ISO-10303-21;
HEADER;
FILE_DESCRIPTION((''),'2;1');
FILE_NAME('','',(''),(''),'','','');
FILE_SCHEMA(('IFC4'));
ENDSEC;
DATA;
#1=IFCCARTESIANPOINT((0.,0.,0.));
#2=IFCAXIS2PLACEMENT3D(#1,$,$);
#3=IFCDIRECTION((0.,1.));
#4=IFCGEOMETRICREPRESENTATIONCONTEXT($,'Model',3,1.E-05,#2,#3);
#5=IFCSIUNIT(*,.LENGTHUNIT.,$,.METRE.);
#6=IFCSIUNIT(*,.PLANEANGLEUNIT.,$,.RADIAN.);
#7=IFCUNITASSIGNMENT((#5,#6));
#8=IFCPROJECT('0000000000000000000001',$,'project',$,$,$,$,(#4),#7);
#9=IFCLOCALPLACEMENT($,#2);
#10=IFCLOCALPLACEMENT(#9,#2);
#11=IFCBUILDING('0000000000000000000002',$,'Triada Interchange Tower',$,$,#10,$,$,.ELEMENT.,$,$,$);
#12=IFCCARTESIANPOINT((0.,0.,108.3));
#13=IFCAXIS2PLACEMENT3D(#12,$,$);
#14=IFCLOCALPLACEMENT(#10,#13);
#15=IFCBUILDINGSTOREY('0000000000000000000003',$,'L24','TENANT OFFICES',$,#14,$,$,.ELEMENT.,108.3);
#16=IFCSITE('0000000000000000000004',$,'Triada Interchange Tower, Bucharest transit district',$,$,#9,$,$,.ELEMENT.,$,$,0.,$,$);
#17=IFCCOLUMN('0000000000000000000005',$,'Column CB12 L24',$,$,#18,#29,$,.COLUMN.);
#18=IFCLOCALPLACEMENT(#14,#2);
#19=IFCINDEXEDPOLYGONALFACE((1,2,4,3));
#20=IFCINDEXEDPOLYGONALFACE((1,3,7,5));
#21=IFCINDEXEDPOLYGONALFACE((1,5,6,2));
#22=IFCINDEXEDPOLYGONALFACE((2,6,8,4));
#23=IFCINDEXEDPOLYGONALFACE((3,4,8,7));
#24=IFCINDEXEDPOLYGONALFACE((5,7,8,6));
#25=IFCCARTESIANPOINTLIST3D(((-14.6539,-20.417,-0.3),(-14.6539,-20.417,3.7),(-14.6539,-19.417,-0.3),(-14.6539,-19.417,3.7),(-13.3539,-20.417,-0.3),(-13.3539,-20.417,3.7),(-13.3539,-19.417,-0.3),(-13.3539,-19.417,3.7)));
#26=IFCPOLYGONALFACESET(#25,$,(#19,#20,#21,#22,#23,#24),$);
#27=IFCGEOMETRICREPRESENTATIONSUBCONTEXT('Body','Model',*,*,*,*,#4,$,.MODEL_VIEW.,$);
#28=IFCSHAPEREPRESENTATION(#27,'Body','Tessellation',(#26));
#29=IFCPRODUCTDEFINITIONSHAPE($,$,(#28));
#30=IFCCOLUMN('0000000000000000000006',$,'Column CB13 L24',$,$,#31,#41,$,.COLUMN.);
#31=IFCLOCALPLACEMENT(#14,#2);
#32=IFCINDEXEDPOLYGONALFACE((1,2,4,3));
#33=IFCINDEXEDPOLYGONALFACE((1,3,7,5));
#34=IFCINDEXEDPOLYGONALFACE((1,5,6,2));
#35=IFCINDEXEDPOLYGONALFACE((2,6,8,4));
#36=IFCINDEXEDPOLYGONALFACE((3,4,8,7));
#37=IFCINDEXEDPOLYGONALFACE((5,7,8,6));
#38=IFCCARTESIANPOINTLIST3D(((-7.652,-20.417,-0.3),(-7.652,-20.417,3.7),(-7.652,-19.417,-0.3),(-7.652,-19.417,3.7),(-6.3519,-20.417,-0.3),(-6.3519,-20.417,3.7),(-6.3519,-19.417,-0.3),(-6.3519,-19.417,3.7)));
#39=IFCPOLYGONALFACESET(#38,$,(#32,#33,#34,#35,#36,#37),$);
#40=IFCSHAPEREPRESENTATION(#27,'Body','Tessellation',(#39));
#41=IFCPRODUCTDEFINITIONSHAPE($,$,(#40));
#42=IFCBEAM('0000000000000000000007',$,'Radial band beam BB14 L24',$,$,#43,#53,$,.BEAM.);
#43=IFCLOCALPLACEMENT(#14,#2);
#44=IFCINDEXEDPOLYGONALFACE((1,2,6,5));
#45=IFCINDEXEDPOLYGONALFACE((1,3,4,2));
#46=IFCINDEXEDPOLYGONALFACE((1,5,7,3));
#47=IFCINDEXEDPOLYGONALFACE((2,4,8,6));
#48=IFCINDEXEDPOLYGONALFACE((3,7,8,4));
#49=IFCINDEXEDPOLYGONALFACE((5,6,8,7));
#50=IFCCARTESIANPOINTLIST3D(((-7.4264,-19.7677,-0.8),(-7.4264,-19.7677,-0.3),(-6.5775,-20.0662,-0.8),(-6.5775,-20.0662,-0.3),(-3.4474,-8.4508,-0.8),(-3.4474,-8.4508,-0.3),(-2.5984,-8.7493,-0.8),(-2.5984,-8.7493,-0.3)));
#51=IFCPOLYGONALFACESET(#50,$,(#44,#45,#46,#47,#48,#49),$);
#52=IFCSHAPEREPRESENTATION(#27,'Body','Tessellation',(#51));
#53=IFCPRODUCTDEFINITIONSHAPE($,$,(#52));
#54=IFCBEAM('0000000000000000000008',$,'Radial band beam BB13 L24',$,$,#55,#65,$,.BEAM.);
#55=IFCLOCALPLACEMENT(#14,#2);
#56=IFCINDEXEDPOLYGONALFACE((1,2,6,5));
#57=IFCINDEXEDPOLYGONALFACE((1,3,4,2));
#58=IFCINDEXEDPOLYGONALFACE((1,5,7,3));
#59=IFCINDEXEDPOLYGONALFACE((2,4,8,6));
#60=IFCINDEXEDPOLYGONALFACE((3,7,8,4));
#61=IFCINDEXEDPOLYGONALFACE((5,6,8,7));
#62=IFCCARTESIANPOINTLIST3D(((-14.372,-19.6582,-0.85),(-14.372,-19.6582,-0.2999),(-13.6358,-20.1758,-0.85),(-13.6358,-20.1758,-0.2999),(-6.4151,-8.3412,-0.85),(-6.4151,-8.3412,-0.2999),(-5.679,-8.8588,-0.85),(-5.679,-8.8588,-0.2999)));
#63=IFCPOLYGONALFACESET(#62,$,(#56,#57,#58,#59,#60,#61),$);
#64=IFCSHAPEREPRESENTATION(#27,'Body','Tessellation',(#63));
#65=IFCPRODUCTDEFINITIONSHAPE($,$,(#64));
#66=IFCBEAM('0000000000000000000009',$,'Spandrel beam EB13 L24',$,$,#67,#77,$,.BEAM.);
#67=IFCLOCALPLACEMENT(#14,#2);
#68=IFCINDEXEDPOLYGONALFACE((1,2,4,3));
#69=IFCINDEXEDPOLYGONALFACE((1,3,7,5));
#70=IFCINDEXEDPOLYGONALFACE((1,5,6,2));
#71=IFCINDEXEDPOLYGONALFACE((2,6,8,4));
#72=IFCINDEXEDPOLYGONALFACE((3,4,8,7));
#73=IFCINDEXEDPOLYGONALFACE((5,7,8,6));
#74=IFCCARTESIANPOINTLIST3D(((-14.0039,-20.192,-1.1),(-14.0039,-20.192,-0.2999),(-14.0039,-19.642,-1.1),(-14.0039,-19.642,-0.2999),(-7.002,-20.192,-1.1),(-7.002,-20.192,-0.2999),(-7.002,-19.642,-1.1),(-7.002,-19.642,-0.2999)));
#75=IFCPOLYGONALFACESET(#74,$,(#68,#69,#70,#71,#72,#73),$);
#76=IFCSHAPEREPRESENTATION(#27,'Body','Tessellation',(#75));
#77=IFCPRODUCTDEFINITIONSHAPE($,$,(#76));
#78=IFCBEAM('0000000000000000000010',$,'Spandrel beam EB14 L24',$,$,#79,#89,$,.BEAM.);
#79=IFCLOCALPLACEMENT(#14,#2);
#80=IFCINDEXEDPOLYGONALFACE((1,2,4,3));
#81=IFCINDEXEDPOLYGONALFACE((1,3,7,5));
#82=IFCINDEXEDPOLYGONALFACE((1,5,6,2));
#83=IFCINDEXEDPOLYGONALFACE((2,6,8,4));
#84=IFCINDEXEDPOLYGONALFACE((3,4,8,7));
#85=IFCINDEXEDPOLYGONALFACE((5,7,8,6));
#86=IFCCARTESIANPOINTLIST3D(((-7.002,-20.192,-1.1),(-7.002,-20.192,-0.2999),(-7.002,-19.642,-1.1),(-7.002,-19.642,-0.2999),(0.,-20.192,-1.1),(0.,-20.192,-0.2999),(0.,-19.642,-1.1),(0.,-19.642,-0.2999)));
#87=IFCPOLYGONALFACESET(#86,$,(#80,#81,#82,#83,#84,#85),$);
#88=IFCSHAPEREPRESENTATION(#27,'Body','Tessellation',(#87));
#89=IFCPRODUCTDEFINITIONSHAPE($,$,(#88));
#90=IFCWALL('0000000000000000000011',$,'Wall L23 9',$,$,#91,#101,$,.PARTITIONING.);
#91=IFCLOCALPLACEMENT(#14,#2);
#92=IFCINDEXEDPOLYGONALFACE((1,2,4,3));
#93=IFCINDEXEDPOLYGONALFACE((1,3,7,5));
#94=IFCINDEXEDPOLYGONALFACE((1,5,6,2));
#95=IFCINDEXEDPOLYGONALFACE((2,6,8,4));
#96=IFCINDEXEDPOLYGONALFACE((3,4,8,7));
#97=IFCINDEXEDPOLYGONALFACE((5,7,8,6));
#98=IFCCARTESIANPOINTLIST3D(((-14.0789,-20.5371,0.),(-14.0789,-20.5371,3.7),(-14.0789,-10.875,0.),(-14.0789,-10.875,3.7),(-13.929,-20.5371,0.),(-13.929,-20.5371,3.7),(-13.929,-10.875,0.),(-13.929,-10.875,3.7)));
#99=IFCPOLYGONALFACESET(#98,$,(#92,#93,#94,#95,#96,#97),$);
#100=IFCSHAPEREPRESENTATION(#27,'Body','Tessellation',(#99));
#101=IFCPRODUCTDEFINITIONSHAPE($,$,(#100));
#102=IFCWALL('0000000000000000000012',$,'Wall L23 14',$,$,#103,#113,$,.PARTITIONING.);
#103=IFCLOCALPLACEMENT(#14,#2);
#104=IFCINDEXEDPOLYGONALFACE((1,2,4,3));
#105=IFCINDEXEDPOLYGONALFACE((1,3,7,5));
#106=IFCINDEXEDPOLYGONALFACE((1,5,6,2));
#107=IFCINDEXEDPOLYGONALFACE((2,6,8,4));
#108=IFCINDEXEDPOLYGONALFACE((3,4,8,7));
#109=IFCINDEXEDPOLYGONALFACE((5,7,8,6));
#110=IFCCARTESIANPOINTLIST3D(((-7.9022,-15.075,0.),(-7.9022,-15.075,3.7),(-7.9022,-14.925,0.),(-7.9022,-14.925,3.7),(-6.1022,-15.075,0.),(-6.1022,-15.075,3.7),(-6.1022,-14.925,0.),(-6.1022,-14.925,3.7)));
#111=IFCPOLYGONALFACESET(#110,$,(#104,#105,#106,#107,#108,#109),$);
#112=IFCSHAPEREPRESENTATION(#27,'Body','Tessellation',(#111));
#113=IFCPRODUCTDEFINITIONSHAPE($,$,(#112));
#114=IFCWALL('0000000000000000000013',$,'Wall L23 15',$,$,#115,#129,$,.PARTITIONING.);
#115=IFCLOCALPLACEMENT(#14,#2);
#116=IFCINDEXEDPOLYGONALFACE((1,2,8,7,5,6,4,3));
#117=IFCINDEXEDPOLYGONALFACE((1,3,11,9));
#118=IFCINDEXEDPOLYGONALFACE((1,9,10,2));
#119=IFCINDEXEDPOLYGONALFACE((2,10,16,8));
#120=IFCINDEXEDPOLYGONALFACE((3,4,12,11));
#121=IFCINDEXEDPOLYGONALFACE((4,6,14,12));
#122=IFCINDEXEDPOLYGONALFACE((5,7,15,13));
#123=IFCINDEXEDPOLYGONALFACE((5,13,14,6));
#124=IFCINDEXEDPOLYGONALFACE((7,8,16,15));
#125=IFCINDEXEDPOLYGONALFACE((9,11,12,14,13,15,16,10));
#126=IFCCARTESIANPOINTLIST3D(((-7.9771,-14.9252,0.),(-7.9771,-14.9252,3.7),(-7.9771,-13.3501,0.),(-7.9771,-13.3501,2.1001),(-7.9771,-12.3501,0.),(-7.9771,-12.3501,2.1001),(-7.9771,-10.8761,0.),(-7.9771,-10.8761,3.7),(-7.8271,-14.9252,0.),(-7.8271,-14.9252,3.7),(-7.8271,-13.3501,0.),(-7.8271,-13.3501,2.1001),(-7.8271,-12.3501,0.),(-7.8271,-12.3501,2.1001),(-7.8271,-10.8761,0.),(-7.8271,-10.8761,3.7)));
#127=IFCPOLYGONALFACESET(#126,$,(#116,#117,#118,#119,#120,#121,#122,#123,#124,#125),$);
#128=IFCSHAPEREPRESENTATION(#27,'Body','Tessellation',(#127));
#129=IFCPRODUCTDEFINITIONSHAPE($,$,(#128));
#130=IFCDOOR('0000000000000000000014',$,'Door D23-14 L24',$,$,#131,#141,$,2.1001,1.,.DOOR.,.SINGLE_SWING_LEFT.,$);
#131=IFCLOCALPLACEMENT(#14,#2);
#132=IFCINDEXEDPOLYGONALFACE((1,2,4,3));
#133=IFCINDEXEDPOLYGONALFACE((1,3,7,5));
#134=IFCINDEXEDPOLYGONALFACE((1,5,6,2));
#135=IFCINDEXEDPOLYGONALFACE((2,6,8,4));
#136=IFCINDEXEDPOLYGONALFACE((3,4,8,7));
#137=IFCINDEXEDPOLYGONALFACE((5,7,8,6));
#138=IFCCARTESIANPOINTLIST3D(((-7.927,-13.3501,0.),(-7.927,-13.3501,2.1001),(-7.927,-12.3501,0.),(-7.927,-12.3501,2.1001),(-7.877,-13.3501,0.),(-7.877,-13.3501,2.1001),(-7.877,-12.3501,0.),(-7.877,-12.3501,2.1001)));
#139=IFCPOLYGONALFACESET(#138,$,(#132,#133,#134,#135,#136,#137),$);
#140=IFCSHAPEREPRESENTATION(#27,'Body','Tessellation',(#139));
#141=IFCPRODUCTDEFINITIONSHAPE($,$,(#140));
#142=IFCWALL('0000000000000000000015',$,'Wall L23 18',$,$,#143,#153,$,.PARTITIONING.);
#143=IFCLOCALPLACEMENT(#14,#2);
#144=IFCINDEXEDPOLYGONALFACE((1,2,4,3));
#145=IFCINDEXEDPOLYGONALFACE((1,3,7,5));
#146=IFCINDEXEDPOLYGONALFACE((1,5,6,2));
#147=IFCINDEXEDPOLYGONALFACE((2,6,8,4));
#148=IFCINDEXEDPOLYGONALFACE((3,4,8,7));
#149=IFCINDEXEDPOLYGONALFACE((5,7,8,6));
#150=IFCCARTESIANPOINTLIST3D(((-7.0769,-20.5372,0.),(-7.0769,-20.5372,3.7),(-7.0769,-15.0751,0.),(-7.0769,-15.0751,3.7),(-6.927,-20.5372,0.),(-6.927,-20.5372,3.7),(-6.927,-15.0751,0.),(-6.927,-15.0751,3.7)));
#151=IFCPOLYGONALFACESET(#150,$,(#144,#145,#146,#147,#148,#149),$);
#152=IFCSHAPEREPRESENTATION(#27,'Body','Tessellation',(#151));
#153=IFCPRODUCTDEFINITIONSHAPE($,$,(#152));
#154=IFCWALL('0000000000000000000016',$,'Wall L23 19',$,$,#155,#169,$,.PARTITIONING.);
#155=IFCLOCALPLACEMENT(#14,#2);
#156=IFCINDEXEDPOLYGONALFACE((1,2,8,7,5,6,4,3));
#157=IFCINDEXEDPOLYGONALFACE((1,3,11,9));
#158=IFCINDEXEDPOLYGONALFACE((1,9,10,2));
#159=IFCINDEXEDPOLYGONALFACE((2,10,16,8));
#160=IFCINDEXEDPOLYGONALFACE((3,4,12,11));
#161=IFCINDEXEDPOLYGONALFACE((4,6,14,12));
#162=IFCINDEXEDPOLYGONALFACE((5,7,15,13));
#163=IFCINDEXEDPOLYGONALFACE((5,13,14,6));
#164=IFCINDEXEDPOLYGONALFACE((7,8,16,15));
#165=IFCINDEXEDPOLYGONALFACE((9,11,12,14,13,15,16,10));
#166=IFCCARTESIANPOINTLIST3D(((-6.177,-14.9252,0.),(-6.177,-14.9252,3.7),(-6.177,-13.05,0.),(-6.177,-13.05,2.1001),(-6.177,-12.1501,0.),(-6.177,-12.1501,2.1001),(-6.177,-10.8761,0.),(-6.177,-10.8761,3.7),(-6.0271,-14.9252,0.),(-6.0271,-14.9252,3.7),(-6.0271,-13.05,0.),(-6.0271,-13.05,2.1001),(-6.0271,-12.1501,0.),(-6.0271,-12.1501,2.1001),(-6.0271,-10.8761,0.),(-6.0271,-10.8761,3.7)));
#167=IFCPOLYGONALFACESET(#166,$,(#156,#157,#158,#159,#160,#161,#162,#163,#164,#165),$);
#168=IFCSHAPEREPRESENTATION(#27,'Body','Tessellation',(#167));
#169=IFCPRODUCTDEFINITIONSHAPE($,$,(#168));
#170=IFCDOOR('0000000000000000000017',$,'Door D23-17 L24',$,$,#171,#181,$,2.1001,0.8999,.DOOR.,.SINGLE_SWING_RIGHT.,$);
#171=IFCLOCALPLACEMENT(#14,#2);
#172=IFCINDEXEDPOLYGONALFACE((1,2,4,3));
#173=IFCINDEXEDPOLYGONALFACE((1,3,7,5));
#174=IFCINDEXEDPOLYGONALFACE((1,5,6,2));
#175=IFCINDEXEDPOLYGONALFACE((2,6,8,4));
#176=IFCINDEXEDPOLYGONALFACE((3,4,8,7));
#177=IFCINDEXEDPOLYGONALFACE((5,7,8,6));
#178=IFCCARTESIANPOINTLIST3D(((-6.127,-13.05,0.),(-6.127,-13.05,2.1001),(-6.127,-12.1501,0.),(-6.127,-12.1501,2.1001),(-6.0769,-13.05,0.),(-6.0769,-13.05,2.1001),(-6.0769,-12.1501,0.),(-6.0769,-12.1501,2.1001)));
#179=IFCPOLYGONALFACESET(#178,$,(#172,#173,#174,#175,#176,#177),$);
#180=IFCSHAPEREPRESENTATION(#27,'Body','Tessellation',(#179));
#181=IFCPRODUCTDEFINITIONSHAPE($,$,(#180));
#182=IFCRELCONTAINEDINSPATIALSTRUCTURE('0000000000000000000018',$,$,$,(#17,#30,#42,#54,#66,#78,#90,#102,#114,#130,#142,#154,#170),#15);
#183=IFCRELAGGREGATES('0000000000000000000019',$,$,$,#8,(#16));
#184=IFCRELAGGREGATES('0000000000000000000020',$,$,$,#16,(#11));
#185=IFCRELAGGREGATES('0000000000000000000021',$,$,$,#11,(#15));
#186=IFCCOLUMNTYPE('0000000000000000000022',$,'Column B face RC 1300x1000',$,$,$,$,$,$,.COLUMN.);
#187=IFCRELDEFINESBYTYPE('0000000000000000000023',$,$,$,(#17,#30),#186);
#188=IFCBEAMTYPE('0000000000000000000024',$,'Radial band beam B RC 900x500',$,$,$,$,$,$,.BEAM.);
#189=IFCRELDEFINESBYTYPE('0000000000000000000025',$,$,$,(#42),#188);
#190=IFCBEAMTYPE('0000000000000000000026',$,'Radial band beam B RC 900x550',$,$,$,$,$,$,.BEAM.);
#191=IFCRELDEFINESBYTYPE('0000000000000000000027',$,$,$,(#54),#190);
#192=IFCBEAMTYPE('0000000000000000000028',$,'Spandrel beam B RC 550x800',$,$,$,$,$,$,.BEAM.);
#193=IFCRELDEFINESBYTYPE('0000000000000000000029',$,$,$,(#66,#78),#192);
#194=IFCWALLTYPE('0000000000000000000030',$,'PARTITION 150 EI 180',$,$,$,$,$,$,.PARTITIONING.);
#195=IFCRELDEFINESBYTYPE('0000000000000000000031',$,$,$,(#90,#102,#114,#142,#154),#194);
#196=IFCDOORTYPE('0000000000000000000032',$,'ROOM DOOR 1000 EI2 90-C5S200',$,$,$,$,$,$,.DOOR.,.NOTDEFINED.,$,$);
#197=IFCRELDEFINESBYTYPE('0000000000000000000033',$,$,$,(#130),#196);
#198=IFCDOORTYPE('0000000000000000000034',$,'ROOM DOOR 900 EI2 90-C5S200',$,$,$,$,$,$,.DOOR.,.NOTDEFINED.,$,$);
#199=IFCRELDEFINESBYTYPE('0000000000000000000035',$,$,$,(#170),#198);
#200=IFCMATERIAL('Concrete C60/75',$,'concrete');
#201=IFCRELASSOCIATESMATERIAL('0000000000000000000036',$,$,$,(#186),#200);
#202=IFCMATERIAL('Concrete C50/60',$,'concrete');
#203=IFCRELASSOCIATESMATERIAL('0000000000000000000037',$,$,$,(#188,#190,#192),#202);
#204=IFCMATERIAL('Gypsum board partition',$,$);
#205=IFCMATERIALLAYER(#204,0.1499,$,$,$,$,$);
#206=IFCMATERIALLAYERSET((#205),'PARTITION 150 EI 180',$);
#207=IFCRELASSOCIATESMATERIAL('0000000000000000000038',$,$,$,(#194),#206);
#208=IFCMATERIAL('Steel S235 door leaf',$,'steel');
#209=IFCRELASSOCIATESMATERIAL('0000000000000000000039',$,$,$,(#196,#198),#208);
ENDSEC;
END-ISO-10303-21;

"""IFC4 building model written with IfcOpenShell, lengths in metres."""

from ifc_helpers import new_model, si_unit, direction, frame, frame_2d, origin, origin_2d, place, context, subcontext, project, spatial, rectangle, extrude, material, layer, layer_set, material_profile, profile_set, type_object, element, fill, save


model = new_model("IFC4")

# Units and contexts
model_context = context("Model", 3, precision=1e-05, world=origin(), true_north=direction((0.0, 1.0)))
body_context = subcontext(model_context, "Body", "Model", "MODEL_VIEW")
ifc_project = project(units=[si_unit("LENGTHUNIT", "METRE"), si_unit("PLANEANGLEUNIT", "RADIAN")], contexts=[model_context])

# Site, building, storey
site_placement = place(None, origin())
site = spatial("IfcSite", under=ifc_project, at=site_placement, Name="Triada Interchange Tower, Bucharest transit district", CompositionType="ELEMENT", RefElevation=0.0)
building_placement = place(site_placement, origin())
building = spatial("IfcBuilding", under=site, at=building_placement, Name="Triada Interchange Tower", CompositionType="ELEMENT")
storey_placement = place(building_placement, frame((0.0, 0.0, 108.3)))
storey = spatial("IfcBuildingStorey", under=building, at=storey_placement, Name="L24", Description="TENANT OFFICES", CompositionType="ELEMENT", Elevation=108.3)

# Columns
ifc_material_1 = material(Name="Concrete C60/75", Category="concrete")
ifc_material_profile_1 = material_profile(ifc_material_1, rectangle(XDim=1.3, YDim=1.0, at=origin_2d()), Name="RC 1300x1000")
ifc_profile_set_1 = profile_set([ifc_material_profile_1], Name="Concrete C60/75")
column_type = type_object("IfcColumnType", Name="Column B face RC 1300x1000", PredefinedType="COLUMN", material=ifc_profile_set_1)
for number, where, z_axis, x_axis, name in (
    (1, (-14.0039, -19.917, -0.3), (0.0, 0.0, 1.0), (1.0, 0.0, 0.0), "Column CB12 L24"),
    (2, (-7.002, -19.917, -0.3), (0.0, 0.0, 1.0), (1.0, 0.0, 0.0), "Column CB13 L24"),
):
    element("IfcColumn", number, at=place(storey_placement, frame(where, z_axis=z_axis, x_axis=x_axis)), inside=storey, type_object=column_type, Name=name, PredefinedType="COLUMN", context=body_context, shape_type="SweptSolid", body=[
        extrude(rectangle(XDim=1.3, YDim=1.0, at=origin_2d()), origin(), (0.0, 0.0, 1.0), 4.0),
    ])

# Beams
ifc_material_2 = material(Name="Concrete C50/60", Category="concrete")
ifc_material_profile_2 = material_profile(ifc_material_2, rectangle(XDim=0.8999, YDim=0.5, at=origin_2d()), Name="RC 900x500")
ifc_profile_set_2 = profile_set([ifc_material_profile_2], Name="Concrete C50/60")
beam_type_1 = type_object("IfcBeamType", Name="Radial band beam B RC 900x500", PredefinedType="BEAM", material=ifc_profile_set_2)
beam_1_placement = place(storey_placement, frame((-7.002, -19.917, -0.55), z_axis=(0.331694, 0.943387, 0.0), x_axis=(-0.943387, 0.331694, 0.0)))
element("IfcBeam", 3, at=beam_1_placement, inside=storey, type_object=beam_type_1, Name="Radial band beam BB14 L24", PredefinedType="BEAM", context=body_context, shape_type="SweptSolid", body=[
    extrude(rectangle(XDim=0.8999, YDim=0.5, at=origin_2d()), origin(), (0.0, 0.0, 1.0), 11.9961),
])
ifc_material_profile_3 = material_profile(ifc_material_2, rectangle(XDim=0.8999, YDim=0.55, at=origin_2d()), Name="RC 900x550")
ifc_profile_set_3 = profile_set([ifc_material_profile_3], Name="Concrete C50/60")
beam_type_2 = type_object("IfcBeamType", Name="Radial band beam B RC 900x550", PredefinedType="BEAM", material=ifc_profile_set_3)
beam_2_placement = place(storey_placement, frame((-14.0039, -19.917, -0.575), z_axis=(0.575157, 0.818043, 0.0), x_axis=(-0.818043, 0.575157, 0.0)))
element("IfcBeam", 4, at=beam_2_placement, inside=storey, type_object=beam_type_2, Name="Radial band beam BB13 L24", PredefinedType="BEAM", context=body_context, shape_type="SweptSolid", body=[
    extrude(rectangle(XDim=0.8999, YDim=0.55, at=origin_2d()), origin(), (0.0, 0.0, 1.0), 13.8342),
])
ifc_material_profile_4 = material_profile(ifc_material_2, rectangle(XDim=0.55, YDim=0.8, at=origin_2d()), Name="RC 550x800")
ifc_profile_set_4 = profile_set([ifc_material_profile_4], Name="Concrete C50/60")
beam_type_3 = type_object("IfcBeamType", Name="Spandrel beam B RC 550x800", PredefinedType="BEAM", material=ifc_profile_set_4)
for number, where, z_axis, x_axis, name in (
    (5, (-14.0039, -19.917, -0.7), (1.0, 0.0, 0.0), (0.0, 1.0, 0.0), "Spandrel beam EB13 L24"),
    (6, (-7.002, -19.917, -0.7), (1.0, 0.0, 0.0), (0.0, 1.0, 0.0), "Spandrel beam EB14 L24"),
):
    element("IfcBeam", number, at=place(storey_placement, frame(where, z_axis=z_axis, x_axis=x_axis)), inside=storey, type_object=beam_type_3, Name=name, PredefinedType="BEAM", context=body_context, shape_type="SweptSolid", body=[
        extrude(rectangle(XDim=0.55, YDim=0.8, at=origin_2d()), origin(), (0.0, 0.0, 1.0), 7.002),
    ])

# Walls
ifc_material_3 = material(Name="Gypsum board partition")
ifc_layer_1 = layer(ifc_material_3, 0.1499)
ifc_layer_set_1 = layer_set([ifc_layer_1], Name="PARTITION 150 EI 180")
wall_type = type_object("IfcWallType", Name="PARTITION 150 EI 180", PredefinedType="PARTITIONING", material=ifc_layer_set_1)
wall_1_placement = place(storey_placement, frame((-14.0039, -20.5371, 0.0), z_axis=(0.0, 0.0, 1.0), x_axis=(0.0, 1.0, 0.0)))
element("IfcWall", 7, at=wall_1_placement, inside=storey, type_object=wall_type, Name="Wall L23 9", PredefinedType="PARTITIONING", context=body_context, shape_type="SweptSolid", body=[
    extrude(rectangle(XDim=9.6621, YDim=0.1499, at=frame_2d((4.8311, 0.0))), origin(), (0.0, 0.0, 1.0), 3.7),
])
wall_2_placement = place(storey_placement, frame((-7.9021, -15.0, 0.0), z_axis=(0.0, 0.0, 1.0), x_axis=(1.0, 0.0, 0.0)))
element("IfcWall", 8, at=wall_2_placement, inside=storey, type_object=wall_type, Name="Wall L23 14", PredefinedType="PARTITIONING", context=body_context, shape_type="SweptSolid", body=[
    extrude(rectangle(XDim=1.8, YDim=0.1499, at=frame_2d((0.8999, 0.0))), origin(), (0.0, 0.0, 1.0), 3.7),
])

# Wall, opening, door
wall_3_placement = place(storey_placement, frame((-7.9021, -14.925, 0.0), z_axis=(0.0, 0.0, 1.0), x_axis=(0.0, 1.0, 0.0)))
wall_3 = element("IfcWall", 9, at=wall_3_placement, inside=storey, type_object=wall_type, Name="Wall L23 15", PredefinedType="PARTITIONING", context=body_context, shape_type="SweptSolid", body=[
    extrude(rectangle(XDim=4.0491, YDim=0.1499, at=frame_2d((2.0244, 0.0))), origin(), (0.0, 0.0, 1.0), 3.7),
])
opening_1_placement = place(wall_3_placement, frame((1.575, 0.0, 0.0)))
opening_1 = element("IfcOpeningElement", 10, at=opening_1_placement, cuts=wall_3, PredefinedType="OPENING", context=body_context, shape_type="SweptSolid", body=[
    extrude(rectangle(XDim=1.0, YDim=2.1001, at=frame_2d((0.5, 1.05))), frame((0.0, 0.085, 0.0), z_axis=(0.0, -1.0, 0.0), x_axis=(1.0, 0.0, 0.0)), (0.0, 0.0, 1.0), 0.1699),
])
ifc_material_4 = material(Name="Steel S235 door leaf", Category="steel")
door_type_1 = type_object("IfcDoorType", Name="ROOM DOOR 1000 EI2 90-C5S200", OperationType="NOTDEFINED", PredefinedType="DOOR", material=ifc_material_4)
door_1_placement = place(opening_1_placement, origin())
door_1 = element("IfcDoor", 11, at=door_1_placement, inside=storey, type_object=door_type_1, Name="Door D23-14 L24", OperationType="SINGLE_SWING_LEFT", OverallHeight=2.1001, OverallWidth=1.0, PredefinedType="DOOR", context=body_context, shape_type="SweptSolid", body=[
    extrude(rectangle(XDim=1.0, YDim=2.1001, at=frame_2d((0.5, 1.05))), frame((0.0, 0.0249, 0.0), z_axis=(0.0, -1.0, 0.0), x_axis=(1.0, 0.0, 0.0)), (0.0, 0.0, 1.0), 0.05),
])
fill(opening_1, door_1)

# Wall
wall_4_placement = place(storey_placement, frame((-7.002, -20.5371, 0.0), z_axis=(0.0, 0.0, 1.0), x_axis=(0.0, 1.0, 0.0)))
element("IfcWall", 12, at=wall_4_placement, inside=storey, type_object=wall_type, Name="Wall L23 18", PredefinedType="PARTITIONING", context=body_context, shape_type="SweptSolid", body=[
    extrude(rectangle(XDim=5.4622, YDim=0.1499, at=frame_2d((2.731, 0.0))), origin(), (0.0, 0.0, 1.0), 3.7),
])

# Wall, opening, door
wall_5_placement = place(storey_placement, frame((-6.1021, -14.925, 0.0), z_axis=(0.0, 0.0, 1.0), x_axis=(0.0, 1.0, 0.0)))
wall_5 = element("IfcWall", 13, at=wall_5_placement, inside=storey, type_object=wall_type, Name="Wall L23 19", PredefinedType="PARTITIONING", context=body_context, shape_type="SweptSolid", body=[
    extrude(rectangle(XDim=4.0491, YDim=0.1499, at=frame_2d((2.0244, 0.0))), origin(), (0.0, 0.0, 1.0), 3.7),
])
opening_2_placement = place(wall_5_placement, frame((1.875, 0.0, 0.0)))
opening_2 = element("IfcOpeningElement", 14, at=opening_2_placement, cuts=wall_5, PredefinedType="OPENING", context=body_context, shape_type="SweptSolid", body=[
    extrude(rectangle(XDim=0.8999, YDim=2.1001, at=frame_2d((0.45, 1.05))), frame((0.0, 0.085, 0.0), z_axis=(0.0, -1.0, 0.0), x_axis=(1.0, 0.0, 0.0)), (0.0, 0.0, 1.0), 0.1699),
])
door_type_2 = type_object("IfcDoorType", Name="ROOM DOOR 900 EI2 90-C5S200", OperationType="NOTDEFINED", PredefinedType="DOOR", material=ifc_material_4)
door_2_placement = place(opening_2_placement, origin())
door_2 = element("IfcDoor", 15, at=door_2_placement, inside=storey, type_object=door_type_2, Name="Door D23-17 L24", OperationType="SINGLE_SWING_RIGHT", OverallHeight=2.1001, OverallWidth=0.8999, PredefinedType="DOOR", context=body_context, shape_type="SweptSolid", body=[
    extrude(rectangle(XDim=0.8999, YDim=2.1001, at=frame_2d((0.45, 1.05))), frame((0.0, 0.0249, 0.0), z_axis=(0.0, -1.0, 0.0), x_axis=(1.0, 0.0, 0.0)), (0.0, 0.0, 1.0), 0.05),
])
fill(opening_2, door_2)

save(model, "model.ifc")
